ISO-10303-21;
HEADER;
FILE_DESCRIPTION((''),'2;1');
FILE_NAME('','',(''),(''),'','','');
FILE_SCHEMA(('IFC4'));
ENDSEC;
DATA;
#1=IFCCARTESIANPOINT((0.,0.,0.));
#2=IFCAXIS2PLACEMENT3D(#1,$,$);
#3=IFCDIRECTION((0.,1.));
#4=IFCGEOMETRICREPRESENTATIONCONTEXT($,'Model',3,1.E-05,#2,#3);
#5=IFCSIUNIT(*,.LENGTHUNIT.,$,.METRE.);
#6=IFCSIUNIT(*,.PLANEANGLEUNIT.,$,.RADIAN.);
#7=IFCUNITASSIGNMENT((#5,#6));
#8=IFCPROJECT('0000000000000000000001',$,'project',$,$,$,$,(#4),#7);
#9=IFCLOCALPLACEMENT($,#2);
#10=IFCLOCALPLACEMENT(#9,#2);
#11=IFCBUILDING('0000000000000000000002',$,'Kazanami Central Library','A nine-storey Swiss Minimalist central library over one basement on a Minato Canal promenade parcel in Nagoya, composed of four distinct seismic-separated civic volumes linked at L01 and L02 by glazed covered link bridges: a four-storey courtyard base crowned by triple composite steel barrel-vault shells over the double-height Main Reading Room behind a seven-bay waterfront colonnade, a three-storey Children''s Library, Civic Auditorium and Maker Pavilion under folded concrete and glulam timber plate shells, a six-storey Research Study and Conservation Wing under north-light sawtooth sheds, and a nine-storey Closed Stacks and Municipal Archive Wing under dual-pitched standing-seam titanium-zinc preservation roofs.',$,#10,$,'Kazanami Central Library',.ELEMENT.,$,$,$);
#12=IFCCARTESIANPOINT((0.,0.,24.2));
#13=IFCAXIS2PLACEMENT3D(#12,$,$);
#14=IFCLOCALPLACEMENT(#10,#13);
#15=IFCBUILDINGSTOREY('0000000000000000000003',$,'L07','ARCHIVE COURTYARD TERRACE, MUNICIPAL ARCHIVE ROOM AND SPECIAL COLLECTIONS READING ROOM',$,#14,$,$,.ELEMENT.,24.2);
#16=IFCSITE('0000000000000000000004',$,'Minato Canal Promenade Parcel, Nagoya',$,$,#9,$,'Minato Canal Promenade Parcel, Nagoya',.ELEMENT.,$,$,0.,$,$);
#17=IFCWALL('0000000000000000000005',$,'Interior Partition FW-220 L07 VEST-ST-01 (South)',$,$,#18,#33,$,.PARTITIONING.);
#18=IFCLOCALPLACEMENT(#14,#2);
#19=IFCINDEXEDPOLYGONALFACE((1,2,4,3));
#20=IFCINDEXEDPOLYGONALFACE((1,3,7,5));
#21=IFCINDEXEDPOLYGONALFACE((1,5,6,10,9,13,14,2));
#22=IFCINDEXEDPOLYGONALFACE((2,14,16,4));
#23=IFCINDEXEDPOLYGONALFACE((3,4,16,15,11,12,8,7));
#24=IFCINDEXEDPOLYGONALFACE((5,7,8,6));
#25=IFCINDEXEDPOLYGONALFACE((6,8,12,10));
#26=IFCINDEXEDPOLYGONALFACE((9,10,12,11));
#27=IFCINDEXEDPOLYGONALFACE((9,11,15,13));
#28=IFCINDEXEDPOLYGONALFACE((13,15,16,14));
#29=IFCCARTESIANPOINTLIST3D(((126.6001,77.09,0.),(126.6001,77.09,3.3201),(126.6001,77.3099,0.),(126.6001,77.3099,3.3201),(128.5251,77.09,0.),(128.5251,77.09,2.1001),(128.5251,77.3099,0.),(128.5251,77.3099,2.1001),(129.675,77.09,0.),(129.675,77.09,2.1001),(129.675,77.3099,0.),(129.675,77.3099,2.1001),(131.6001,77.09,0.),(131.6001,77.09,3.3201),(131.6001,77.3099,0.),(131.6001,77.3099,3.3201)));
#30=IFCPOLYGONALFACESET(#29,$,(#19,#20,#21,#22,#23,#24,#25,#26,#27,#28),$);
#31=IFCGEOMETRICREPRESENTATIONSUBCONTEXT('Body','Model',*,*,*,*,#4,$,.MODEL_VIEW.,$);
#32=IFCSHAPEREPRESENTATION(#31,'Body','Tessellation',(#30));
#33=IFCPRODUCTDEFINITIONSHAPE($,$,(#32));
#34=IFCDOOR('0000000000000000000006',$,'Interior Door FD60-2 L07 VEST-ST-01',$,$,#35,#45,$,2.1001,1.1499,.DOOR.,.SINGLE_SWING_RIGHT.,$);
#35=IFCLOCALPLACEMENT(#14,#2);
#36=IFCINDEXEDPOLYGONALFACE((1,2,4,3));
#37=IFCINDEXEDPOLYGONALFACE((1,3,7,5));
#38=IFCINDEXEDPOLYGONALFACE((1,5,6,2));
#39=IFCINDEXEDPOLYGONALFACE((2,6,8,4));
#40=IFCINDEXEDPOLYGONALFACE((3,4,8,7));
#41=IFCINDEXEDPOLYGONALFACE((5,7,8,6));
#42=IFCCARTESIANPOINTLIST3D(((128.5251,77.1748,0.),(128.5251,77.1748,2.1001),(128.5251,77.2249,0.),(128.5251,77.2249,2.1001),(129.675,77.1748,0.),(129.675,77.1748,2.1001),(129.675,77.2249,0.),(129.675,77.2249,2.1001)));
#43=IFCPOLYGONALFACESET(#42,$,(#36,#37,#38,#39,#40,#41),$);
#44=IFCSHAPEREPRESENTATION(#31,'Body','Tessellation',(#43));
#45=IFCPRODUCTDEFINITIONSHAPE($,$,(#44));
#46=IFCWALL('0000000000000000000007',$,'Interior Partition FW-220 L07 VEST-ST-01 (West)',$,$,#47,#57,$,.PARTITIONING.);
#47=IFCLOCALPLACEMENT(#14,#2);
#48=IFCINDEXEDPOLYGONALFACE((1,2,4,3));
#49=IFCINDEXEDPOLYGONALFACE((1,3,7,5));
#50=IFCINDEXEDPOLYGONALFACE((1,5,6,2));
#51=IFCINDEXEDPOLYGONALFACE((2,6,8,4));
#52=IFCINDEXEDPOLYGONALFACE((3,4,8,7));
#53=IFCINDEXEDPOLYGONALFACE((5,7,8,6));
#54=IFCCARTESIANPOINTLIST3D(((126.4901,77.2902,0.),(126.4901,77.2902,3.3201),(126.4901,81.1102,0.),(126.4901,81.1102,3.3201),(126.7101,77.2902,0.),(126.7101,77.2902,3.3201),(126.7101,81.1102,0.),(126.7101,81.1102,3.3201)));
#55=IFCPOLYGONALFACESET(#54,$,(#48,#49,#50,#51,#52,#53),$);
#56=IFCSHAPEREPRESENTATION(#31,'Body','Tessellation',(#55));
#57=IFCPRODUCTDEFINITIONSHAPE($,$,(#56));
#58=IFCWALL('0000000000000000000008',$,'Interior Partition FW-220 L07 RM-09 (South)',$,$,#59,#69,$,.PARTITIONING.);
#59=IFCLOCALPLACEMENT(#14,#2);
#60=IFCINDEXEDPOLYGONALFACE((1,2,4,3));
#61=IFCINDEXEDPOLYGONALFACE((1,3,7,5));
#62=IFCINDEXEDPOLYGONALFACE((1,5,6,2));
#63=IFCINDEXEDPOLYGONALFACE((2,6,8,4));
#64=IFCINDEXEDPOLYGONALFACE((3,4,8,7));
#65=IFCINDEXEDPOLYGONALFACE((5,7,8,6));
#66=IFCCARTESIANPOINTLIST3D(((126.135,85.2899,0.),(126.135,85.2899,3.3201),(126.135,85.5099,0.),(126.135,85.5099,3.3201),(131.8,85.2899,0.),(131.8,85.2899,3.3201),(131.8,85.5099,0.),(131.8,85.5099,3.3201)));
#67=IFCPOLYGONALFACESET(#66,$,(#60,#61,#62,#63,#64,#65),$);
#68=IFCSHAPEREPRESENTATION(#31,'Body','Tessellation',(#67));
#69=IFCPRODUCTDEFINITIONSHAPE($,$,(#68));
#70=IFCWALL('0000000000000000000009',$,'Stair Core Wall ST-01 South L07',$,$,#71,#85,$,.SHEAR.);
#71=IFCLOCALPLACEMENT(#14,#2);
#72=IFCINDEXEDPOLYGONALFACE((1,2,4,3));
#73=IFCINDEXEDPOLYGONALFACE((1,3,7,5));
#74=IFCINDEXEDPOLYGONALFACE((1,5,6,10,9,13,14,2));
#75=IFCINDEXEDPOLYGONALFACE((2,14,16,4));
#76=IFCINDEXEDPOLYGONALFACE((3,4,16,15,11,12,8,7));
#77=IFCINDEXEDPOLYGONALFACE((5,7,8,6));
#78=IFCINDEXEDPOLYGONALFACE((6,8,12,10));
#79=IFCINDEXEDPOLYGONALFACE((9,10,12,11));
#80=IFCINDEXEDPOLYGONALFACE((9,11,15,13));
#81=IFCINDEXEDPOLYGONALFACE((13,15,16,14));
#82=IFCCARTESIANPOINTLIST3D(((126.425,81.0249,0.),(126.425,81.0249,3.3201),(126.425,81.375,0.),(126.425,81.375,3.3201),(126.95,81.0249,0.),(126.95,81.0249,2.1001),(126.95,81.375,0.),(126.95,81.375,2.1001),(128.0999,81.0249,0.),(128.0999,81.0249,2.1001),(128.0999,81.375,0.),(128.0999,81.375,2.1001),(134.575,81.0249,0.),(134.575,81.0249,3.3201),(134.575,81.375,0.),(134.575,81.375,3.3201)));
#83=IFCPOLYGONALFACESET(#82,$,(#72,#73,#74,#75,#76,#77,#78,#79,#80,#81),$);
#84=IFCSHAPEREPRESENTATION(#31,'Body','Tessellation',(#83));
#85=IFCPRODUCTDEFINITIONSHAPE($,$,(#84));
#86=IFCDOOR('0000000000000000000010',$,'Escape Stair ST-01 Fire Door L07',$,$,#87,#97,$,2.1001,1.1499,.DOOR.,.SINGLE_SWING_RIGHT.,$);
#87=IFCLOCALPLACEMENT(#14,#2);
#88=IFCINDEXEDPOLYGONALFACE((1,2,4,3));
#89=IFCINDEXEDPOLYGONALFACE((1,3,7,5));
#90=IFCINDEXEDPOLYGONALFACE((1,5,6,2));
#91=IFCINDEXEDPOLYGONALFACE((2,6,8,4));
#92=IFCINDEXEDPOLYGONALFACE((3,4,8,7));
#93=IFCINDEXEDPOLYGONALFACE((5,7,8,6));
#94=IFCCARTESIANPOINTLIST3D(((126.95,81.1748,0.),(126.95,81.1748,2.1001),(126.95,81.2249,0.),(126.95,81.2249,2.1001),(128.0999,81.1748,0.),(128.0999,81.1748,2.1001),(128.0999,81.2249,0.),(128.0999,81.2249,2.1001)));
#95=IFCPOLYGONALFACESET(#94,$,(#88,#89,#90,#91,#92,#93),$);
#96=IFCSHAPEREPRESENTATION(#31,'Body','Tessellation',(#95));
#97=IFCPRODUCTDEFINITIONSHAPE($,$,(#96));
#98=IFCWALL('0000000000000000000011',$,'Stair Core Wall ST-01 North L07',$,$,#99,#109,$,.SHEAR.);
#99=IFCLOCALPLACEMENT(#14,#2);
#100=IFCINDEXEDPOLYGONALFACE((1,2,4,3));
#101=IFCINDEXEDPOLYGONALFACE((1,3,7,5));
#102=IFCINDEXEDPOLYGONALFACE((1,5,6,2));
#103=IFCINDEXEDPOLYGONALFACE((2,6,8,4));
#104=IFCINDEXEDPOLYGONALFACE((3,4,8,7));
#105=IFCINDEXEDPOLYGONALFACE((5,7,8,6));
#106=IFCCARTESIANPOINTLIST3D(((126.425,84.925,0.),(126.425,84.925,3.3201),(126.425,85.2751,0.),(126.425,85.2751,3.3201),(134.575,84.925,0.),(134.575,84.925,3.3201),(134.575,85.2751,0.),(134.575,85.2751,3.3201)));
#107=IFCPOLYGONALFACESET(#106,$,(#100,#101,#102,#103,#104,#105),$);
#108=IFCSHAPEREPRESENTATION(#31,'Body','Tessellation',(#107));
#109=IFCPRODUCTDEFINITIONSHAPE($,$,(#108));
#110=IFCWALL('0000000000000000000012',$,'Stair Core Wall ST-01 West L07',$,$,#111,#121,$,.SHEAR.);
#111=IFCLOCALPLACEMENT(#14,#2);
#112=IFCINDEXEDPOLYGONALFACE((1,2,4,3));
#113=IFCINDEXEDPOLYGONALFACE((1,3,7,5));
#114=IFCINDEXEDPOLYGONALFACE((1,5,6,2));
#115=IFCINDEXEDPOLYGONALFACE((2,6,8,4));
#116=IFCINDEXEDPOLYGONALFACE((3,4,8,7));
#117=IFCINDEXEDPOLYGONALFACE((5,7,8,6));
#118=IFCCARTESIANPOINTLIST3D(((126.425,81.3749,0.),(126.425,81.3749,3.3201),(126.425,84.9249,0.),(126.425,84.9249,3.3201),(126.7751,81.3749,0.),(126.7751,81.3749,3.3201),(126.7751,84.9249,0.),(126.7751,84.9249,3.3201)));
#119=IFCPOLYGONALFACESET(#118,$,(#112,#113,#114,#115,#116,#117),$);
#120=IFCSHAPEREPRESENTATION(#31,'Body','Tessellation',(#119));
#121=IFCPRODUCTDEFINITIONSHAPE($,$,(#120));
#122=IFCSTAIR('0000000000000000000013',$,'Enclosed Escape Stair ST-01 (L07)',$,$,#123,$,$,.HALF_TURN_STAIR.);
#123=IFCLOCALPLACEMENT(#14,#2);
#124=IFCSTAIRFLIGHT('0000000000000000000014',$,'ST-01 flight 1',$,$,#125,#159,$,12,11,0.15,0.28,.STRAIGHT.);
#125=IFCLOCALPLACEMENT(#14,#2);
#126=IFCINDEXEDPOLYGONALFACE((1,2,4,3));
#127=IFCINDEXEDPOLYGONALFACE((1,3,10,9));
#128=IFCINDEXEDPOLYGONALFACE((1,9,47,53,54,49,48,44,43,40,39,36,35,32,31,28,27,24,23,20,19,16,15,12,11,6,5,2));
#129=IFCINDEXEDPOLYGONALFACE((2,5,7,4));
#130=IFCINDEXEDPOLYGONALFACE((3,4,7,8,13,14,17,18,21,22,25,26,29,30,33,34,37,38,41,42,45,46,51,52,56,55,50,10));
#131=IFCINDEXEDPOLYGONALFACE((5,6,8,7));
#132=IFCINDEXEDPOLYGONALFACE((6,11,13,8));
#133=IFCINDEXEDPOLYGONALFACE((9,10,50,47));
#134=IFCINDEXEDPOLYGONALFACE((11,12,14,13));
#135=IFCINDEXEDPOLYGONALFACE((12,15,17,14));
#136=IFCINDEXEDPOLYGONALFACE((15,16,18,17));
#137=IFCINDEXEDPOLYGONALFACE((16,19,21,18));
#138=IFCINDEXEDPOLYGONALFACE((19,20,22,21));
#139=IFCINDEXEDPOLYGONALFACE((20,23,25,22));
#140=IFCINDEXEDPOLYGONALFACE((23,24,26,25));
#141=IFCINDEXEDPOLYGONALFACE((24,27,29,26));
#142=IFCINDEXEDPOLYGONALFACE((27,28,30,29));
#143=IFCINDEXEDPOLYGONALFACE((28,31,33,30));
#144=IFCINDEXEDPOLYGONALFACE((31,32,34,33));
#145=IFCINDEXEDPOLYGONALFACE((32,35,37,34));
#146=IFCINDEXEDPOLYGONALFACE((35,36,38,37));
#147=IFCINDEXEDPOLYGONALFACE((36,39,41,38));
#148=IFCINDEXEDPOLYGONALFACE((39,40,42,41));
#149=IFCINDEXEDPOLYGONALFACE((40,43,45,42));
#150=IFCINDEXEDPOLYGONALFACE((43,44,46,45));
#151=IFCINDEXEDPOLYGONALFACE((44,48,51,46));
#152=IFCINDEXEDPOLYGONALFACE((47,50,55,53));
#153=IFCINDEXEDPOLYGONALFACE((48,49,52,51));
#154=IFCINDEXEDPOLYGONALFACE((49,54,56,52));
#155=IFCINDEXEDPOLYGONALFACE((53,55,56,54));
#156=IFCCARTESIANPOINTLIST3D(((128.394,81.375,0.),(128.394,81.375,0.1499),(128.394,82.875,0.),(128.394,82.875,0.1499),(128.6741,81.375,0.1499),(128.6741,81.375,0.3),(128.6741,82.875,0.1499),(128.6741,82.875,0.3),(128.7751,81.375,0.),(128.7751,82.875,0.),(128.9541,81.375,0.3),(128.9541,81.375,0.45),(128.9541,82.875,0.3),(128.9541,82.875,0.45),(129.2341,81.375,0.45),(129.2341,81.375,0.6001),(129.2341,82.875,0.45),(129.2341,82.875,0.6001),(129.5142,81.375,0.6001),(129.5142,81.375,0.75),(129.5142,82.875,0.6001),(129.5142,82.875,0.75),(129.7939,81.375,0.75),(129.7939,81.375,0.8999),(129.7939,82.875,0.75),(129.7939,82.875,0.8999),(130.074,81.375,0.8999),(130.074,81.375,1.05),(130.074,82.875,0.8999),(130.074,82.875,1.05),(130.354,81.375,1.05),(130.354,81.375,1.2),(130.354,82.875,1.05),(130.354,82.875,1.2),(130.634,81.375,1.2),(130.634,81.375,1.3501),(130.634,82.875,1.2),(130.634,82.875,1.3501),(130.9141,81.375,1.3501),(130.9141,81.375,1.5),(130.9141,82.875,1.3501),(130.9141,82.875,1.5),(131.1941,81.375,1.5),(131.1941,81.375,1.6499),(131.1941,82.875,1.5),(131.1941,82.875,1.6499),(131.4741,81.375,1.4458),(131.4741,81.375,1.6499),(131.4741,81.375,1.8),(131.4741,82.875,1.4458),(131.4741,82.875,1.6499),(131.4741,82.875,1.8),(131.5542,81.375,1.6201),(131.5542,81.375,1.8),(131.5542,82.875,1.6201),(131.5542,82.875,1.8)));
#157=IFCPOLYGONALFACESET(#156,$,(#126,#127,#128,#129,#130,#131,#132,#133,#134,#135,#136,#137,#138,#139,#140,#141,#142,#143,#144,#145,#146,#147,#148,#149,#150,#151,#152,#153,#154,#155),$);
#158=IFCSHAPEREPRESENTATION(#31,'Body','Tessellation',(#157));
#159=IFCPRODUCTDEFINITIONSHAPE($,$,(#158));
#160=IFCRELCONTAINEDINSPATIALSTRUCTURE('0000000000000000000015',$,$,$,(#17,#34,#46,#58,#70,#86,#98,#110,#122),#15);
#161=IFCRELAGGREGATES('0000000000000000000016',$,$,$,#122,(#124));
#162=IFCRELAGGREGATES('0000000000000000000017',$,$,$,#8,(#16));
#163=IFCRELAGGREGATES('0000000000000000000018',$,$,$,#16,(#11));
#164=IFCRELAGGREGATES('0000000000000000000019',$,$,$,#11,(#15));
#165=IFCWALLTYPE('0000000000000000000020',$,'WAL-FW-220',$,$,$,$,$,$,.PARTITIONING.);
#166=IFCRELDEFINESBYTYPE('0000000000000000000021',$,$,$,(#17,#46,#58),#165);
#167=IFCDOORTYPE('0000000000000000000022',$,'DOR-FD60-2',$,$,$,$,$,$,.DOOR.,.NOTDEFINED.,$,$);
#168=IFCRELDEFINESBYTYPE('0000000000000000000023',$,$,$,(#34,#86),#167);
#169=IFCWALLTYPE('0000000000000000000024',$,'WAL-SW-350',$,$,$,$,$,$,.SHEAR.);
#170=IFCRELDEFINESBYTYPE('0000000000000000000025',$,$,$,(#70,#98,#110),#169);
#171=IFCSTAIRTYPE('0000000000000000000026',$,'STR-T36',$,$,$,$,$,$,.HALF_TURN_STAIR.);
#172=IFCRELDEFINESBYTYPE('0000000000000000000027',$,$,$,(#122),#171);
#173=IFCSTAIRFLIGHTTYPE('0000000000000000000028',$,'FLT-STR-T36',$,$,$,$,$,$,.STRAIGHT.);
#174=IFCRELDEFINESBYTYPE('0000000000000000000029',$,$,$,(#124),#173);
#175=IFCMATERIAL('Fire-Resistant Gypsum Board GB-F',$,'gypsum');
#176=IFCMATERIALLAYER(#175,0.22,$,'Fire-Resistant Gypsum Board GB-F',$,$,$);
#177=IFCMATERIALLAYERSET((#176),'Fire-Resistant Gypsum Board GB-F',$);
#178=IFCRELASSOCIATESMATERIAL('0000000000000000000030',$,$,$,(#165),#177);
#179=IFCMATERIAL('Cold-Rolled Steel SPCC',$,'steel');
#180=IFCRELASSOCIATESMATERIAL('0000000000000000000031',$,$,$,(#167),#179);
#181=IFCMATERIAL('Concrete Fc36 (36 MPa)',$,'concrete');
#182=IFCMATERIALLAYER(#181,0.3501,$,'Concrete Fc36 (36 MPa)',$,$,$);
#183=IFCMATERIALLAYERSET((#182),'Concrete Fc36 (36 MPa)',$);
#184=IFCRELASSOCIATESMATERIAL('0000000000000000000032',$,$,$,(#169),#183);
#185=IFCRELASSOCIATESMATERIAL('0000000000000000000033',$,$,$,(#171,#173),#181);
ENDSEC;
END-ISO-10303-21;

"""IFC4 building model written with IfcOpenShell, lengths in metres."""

from ifc_helpers import new_model, si_unit, direction, frame, frame_2d, origin, place, context, subcontext, project, spatial, polyline, rectangle, outline, extrude, material, layer, layer_set, type_object, element, fill, aggregate, save


model = new_model("IFC4")

# Units and contexts
model_context = context("Model", 3, precision=1e-05, world=origin(), true_north=direction((0.0, 1.0)))
body_context = subcontext(model_context, "Body", "Model", "MODEL_VIEW")
ifc_project = project(units=[si_unit("LENGTHUNIT", "METRE"), si_unit("PLANEANGLEUNIT", "RADIAN")], contexts=[model_context])

# Site, building, storey
site_placement = place(None, origin())
site = spatial("IfcSite", under=ifc_project, at=site_placement, Name="Minato Canal Promenade Parcel, Nagoya", LongName="Minato Canal Promenade Parcel, Nagoya", CompositionType="ELEMENT", RefElevation=0.0)
building_placement = place(site_placement, origin())
building = spatial("IfcBuilding", under=site, at=building_placement, Name="Kazanami Central Library", Description="A nine-storey Swiss Minimalist central library over one basement on a Minato Canal promenade parcel in Nagoya, composed of four distinct seismic-separated civic volumes linked at L01 and L02 by glazed covered link bridges: a four-storey courtyard base crowned by triple composite steel barrel-vault shells over the double-height Main Reading Room behind a seven-bay waterfront colonnade, a three-storey Children's Library, Civic Auditorium and Maker Pavilion under folded concrete and glulam timber plate shells, a six-storey Research Study and Conservation Wing under north-light sawtooth sheds, and a nine-storey Closed Stacks and Municipal Archive Wing under dual-pitched standing-seam titanium-zinc preservation roofs.", LongName="Kazanami Central Library", CompositionType="ELEMENT")
storey_placement = place(building_placement, frame((0.0, 0.0, 24.2)))
storey = spatial("IfcBuildingStorey", under=building, at=storey_placement, Name="L07", Description="ARCHIVE COURTYARD TERRACE, MUNICIPAL ARCHIVE ROOM AND SPECIAL COLLECTIONS READING ROOM", CompositionType="ELEMENT", Elevation=24.2)

# Wall, opening, door
ifc_material_1 = material(Name="Fire-Resistant Gypsum Board GB-F", Category="gypsum")
ifc_material_2 = material(Name="Cold-Rolled Steel SPCC", Category="steel")
ifc_layer_1 = layer(ifc_material_1, 0.22, Name="Fire-Resistant Gypsum Board GB-F")
ifc_layer_set_1 = layer_set([ifc_layer_1], Name="Fire-Resistant Gypsum Board GB-F")
wall_type_1 = type_object("IfcWallType", Name="WAL-FW-220", PredefinedType="PARTITIONING", material=ifc_layer_set_1)
wall_1_placement = place(storey_placement, frame((126.6001, 77.2, 0.0), z_axis=(0.0, 0.0, 1.0), x_axis=(1.0, 0.0, 0.0)))
wall_1 = element("IfcWall", 1, at=wall_1_placement, inside=storey, type_object=wall_type_1, Name="Interior Partition FW-220 L07 VEST-ST-01 (South)", PredefinedType="PARTITIONING", context=body_context, shape_type="SweptSolid", body=[
    extrude(rectangle(XDim=5.0, YDim=0.22, at=frame_2d((2.5, 0.0))), origin(), (0.0, 0.0, 1.0), 3.3201),
])
opening_1_placement = place(wall_1_placement, frame((1.925, 0.0, 0.0)))
opening_1 = element("IfcOpeningElement", 2, at=opening_1_placement, cuts=wall_1, PredefinedType="OPENING", context=body_context, shape_type="SweptSolid", body=[
    extrude(rectangle(XDim=1.1499, YDim=2.1001, at=frame_2d((0.575, 1.05))), frame((0.0, 0.1221, 0.0), z_axis=(0.0, -1.0, 0.0), x_axis=(1.0, 0.0, 0.0)), (0.0, 0.0, 1.0), 0.2439),
])
door_type_1 = type_object("IfcDoorType", Name="DOR-FD60-2", OperationType="NOTDEFINED", PredefinedType="DOOR", material=ifc_material_2)
door_1_placement = place(opening_1_placement, origin())
door_1 = element("IfcDoor", 3, at=door_1_placement, inside=storey, type_object=door_type_1, Name="Interior Door FD60-2 L07 VEST-ST-01", OperationType="SINGLE_SWING_RIGHT", OverallHeight=2.1001, OverallWidth=1.1499, PredefinedType="DOOR", context=body_context, shape_type="SweptSolid", body=[
    extrude(rectangle(XDim=1.1499, YDim=2.1001, at=frame_2d((0.575, 1.05))), frame((0.0, 0.0249, 0.0), z_axis=(0.0, -1.0, 0.0), x_axis=(1.0, 0.0, 0.0)), (0.0, 0.0, 1.0), 0.05),
])
fill(opening_1, door_1)

# Walls
wall_2_placement = place(storey_placement, frame((126.6001, 77.29, 0.0), z_axis=(0.0, 0.0, 1.0), x_axis=(0.0, 1.0, 0.0)))
element("IfcWall", 4, at=wall_2_placement, inside=storey, type_object=wall_type_1, Name="Interior Partition FW-220 L07 VEST-ST-01 (West)", PredefinedType="PARTITIONING", context=body_context, shape_type="SweptSolid", body=[
    extrude(rectangle(XDim=3.8201, YDim=0.22, at=frame_2d((1.9102, 0.0))), origin(), (0.0, 0.0, 1.0), 3.3201),
])
wall_3_placement = place(storey_placement, frame((126.135, 85.3999, 0.0), z_axis=(0.0, 0.0, 1.0), x_axis=(1.0, 0.0, 0.0)))
element("IfcWall", 5, at=wall_3_placement, inside=storey, type_object=wall_type_1, Name="Interior Partition FW-220 L07 RM-09 (South)", PredefinedType="PARTITIONING", context=body_context, shape_type="SweptSolid", body=[
    extrude(rectangle(XDim=5.665, YDim=0.22, at=frame_2d((2.8325, 0.0))), origin(), (0.0, 0.0, 1.0), 3.3201),
])

# Wall, opening, door
ifc_material_3 = material(Name="Concrete Fc36 (36 MPa)", Category="concrete")
ifc_layer_2 = layer(ifc_material_3, 0.3501, Name="Concrete Fc36 (36 MPa)")
ifc_layer_set_2 = layer_set([ifc_layer_2], Name="Concrete Fc36 (36 MPa)")
wall_type_2 = type_object("IfcWallType", Name="WAL-SW-350", PredefinedType="SHEAR", material=ifc_layer_set_2)
wall_4_placement = place(storey_placement, frame((126.425, 81.2, 0.0), z_axis=(0.0, 0.0, 1.0), x_axis=(1.0, 0.0, 0.0)))
wall_4 = element("IfcWall", 6, at=wall_4_placement, inside=storey, type_object=wall_type_2, Name="Stair Core Wall ST-01 South L07", PredefinedType="SHEAR", context=body_context, shape_type="SweptSolid", body=[
    extrude(rectangle(XDim=8.1499, YDim=0.3501, at=frame_2d((4.075, 0.0))), origin(), (0.0, 0.0, 1.0), 3.3201),
])
opening_2_placement = place(wall_4_placement, frame((0.5249, 0.0, 0.0)))
opening_2 = element("IfcOpeningElement", 7, at=opening_2_placement, cuts=wall_4, PredefinedType="OPENING", context=body_context, shape_type="SweptSolid", body=[
    extrude(rectangle(XDim=1.1499, YDim=2.1001, at=frame_2d((0.575, 1.05))), frame((0.0, 0.187, 0.0), z_axis=(0.0, -1.0, 0.0), x_axis=(1.0, 0.0, 0.0)), (0.0, 0.0, 1.0), 0.374),
])
door_2_placement = place(opening_2_placement, origin())
door_2 = element("IfcDoor", 8, at=door_2_placement, inside=storey, type_object=door_type_1, Name="Escape Stair ST-01 Fire Door L07", OperationType="SINGLE_SWING_RIGHT", OverallHeight=2.1001, OverallWidth=1.1499, PredefinedType="DOOR", context=body_context, shape_type="SweptSolid", body=[
    extrude(rectangle(XDim=1.1499, YDim=2.1001, at=frame_2d((0.575, 1.05))), frame((0.0, 0.0249, 0.0), z_axis=(0.0, -1.0, 0.0), x_axis=(1.0, 0.0, 0.0)), (0.0, 0.0, 1.0), 0.05),
])
fill(opening_2, door_2)

# Walls
wall_5_placement = place(storey_placement, frame((126.425, 85.1001, 0.0), z_axis=(0.0, 0.0, 1.0), x_axis=(1.0, 0.0, 0.0)))
element("IfcWall", 9, at=wall_5_placement, inside=storey, type_object=wall_type_2, Name="Stair Core Wall ST-01 North L07", PredefinedType="SHEAR", context=body_context, shape_type="SweptSolid", body=[
    extrude(rectangle(XDim=8.1499, YDim=0.3501, at=frame_2d((4.075, 0.0))), origin(), (0.0, 0.0, 1.0), 3.3201),
])
wall_6_placement = place(storey_placement, frame((126.6001, 81.375, 0.0), z_axis=(0.0, 0.0, 1.0), x_axis=(0.0, 1.0, 0.0)))
element("IfcWall", 10, at=wall_6_placement, inside=storey, type_object=wall_type_2, Name="Stair Core Wall ST-01 West L07", PredefinedType="SHEAR", context=body_context, shape_type="SweptSolid", body=[
    extrude(rectangle(XDim=3.55, YDim=0.3501, at=frame_2d((1.7749, 0.0))), origin(), (0.0, 0.0, 1.0), 3.3201),
])

# Stair, stair flight
stair_type = type_object("IfcStairType", Name="STR-T36", PredefinedType="HALF_TURN_STAIR", material=ifc_material_3)
stair_placement = place(storey_placement, origin())
stair = element("IfcStair", 11, at=stair_placement, inside=storey, type_object=stair_type, Name="Enclosed Escape Stair ST-01 (L07)", PredefinedType="HALF_TURN_STAIR")
stair_flight_type = type_object("IfcStairFlightType", Name="FLT-STR-T36", PredefinedType="STRAIGHT", material=ifc_material_3)
stair_flight_placement = place(storey_placement, frame((128.394, 82.125, 0.0), z_axis=(0.0, 0.0, 1.0), x_axis=(1.0, 0.0, 0.0)))
stair_flight = element("IfcStairFlight", 12, at=stair_flight_placement, type_object=stair_flight_type, Name="ST-01 flight 1", NumberOfRisers=12, NumberOfTreads=11, PredefinedType="STRAIGHT", RiserHeight=0.15, TreadLength=0.28, context=body_context, shape_type="SweptSolid", body=[
    extrude(outline(polyline([(0.0, 0.0), (0.0, 0.1499), (0.28, 0.1499), (0.28, 0.3), (0.5601, 0.3), (0.5601, 0.45), (0.8401, 0.45), (0.8401, 0.6001), (1.1201, 0.6001), (1.1201, 0.75), (1.3999, 0.75), (1.3999, 0.8999), (1.6799, 0.8999), (1.6799, 1.05), (1.96, 1.05), (1.96, 1.2), (2.24, 1.2), (2.24, 1.3501), (2.52, 1.3501), (2.52, 1.5), (2.8, 1.5), (2.8, 1.6499), (3.0801, 1.6499), (3.0801, 1.8), (3.1602, 1.8), (3.1602, 1.6201), (3.0801, 1.4458), (0.3811, 0.0), (0.0, 0.0)])), frame((0.0, 0.75, 0.0), z_axis=(0.0, -1.0, 0.0), x_axis=(1.0, 0.0, 0.0)), (0.0, 0.0, 1.0), 1.5),
])
aggregate(stair, [stair_flight])

save(model, "model.ifc")
